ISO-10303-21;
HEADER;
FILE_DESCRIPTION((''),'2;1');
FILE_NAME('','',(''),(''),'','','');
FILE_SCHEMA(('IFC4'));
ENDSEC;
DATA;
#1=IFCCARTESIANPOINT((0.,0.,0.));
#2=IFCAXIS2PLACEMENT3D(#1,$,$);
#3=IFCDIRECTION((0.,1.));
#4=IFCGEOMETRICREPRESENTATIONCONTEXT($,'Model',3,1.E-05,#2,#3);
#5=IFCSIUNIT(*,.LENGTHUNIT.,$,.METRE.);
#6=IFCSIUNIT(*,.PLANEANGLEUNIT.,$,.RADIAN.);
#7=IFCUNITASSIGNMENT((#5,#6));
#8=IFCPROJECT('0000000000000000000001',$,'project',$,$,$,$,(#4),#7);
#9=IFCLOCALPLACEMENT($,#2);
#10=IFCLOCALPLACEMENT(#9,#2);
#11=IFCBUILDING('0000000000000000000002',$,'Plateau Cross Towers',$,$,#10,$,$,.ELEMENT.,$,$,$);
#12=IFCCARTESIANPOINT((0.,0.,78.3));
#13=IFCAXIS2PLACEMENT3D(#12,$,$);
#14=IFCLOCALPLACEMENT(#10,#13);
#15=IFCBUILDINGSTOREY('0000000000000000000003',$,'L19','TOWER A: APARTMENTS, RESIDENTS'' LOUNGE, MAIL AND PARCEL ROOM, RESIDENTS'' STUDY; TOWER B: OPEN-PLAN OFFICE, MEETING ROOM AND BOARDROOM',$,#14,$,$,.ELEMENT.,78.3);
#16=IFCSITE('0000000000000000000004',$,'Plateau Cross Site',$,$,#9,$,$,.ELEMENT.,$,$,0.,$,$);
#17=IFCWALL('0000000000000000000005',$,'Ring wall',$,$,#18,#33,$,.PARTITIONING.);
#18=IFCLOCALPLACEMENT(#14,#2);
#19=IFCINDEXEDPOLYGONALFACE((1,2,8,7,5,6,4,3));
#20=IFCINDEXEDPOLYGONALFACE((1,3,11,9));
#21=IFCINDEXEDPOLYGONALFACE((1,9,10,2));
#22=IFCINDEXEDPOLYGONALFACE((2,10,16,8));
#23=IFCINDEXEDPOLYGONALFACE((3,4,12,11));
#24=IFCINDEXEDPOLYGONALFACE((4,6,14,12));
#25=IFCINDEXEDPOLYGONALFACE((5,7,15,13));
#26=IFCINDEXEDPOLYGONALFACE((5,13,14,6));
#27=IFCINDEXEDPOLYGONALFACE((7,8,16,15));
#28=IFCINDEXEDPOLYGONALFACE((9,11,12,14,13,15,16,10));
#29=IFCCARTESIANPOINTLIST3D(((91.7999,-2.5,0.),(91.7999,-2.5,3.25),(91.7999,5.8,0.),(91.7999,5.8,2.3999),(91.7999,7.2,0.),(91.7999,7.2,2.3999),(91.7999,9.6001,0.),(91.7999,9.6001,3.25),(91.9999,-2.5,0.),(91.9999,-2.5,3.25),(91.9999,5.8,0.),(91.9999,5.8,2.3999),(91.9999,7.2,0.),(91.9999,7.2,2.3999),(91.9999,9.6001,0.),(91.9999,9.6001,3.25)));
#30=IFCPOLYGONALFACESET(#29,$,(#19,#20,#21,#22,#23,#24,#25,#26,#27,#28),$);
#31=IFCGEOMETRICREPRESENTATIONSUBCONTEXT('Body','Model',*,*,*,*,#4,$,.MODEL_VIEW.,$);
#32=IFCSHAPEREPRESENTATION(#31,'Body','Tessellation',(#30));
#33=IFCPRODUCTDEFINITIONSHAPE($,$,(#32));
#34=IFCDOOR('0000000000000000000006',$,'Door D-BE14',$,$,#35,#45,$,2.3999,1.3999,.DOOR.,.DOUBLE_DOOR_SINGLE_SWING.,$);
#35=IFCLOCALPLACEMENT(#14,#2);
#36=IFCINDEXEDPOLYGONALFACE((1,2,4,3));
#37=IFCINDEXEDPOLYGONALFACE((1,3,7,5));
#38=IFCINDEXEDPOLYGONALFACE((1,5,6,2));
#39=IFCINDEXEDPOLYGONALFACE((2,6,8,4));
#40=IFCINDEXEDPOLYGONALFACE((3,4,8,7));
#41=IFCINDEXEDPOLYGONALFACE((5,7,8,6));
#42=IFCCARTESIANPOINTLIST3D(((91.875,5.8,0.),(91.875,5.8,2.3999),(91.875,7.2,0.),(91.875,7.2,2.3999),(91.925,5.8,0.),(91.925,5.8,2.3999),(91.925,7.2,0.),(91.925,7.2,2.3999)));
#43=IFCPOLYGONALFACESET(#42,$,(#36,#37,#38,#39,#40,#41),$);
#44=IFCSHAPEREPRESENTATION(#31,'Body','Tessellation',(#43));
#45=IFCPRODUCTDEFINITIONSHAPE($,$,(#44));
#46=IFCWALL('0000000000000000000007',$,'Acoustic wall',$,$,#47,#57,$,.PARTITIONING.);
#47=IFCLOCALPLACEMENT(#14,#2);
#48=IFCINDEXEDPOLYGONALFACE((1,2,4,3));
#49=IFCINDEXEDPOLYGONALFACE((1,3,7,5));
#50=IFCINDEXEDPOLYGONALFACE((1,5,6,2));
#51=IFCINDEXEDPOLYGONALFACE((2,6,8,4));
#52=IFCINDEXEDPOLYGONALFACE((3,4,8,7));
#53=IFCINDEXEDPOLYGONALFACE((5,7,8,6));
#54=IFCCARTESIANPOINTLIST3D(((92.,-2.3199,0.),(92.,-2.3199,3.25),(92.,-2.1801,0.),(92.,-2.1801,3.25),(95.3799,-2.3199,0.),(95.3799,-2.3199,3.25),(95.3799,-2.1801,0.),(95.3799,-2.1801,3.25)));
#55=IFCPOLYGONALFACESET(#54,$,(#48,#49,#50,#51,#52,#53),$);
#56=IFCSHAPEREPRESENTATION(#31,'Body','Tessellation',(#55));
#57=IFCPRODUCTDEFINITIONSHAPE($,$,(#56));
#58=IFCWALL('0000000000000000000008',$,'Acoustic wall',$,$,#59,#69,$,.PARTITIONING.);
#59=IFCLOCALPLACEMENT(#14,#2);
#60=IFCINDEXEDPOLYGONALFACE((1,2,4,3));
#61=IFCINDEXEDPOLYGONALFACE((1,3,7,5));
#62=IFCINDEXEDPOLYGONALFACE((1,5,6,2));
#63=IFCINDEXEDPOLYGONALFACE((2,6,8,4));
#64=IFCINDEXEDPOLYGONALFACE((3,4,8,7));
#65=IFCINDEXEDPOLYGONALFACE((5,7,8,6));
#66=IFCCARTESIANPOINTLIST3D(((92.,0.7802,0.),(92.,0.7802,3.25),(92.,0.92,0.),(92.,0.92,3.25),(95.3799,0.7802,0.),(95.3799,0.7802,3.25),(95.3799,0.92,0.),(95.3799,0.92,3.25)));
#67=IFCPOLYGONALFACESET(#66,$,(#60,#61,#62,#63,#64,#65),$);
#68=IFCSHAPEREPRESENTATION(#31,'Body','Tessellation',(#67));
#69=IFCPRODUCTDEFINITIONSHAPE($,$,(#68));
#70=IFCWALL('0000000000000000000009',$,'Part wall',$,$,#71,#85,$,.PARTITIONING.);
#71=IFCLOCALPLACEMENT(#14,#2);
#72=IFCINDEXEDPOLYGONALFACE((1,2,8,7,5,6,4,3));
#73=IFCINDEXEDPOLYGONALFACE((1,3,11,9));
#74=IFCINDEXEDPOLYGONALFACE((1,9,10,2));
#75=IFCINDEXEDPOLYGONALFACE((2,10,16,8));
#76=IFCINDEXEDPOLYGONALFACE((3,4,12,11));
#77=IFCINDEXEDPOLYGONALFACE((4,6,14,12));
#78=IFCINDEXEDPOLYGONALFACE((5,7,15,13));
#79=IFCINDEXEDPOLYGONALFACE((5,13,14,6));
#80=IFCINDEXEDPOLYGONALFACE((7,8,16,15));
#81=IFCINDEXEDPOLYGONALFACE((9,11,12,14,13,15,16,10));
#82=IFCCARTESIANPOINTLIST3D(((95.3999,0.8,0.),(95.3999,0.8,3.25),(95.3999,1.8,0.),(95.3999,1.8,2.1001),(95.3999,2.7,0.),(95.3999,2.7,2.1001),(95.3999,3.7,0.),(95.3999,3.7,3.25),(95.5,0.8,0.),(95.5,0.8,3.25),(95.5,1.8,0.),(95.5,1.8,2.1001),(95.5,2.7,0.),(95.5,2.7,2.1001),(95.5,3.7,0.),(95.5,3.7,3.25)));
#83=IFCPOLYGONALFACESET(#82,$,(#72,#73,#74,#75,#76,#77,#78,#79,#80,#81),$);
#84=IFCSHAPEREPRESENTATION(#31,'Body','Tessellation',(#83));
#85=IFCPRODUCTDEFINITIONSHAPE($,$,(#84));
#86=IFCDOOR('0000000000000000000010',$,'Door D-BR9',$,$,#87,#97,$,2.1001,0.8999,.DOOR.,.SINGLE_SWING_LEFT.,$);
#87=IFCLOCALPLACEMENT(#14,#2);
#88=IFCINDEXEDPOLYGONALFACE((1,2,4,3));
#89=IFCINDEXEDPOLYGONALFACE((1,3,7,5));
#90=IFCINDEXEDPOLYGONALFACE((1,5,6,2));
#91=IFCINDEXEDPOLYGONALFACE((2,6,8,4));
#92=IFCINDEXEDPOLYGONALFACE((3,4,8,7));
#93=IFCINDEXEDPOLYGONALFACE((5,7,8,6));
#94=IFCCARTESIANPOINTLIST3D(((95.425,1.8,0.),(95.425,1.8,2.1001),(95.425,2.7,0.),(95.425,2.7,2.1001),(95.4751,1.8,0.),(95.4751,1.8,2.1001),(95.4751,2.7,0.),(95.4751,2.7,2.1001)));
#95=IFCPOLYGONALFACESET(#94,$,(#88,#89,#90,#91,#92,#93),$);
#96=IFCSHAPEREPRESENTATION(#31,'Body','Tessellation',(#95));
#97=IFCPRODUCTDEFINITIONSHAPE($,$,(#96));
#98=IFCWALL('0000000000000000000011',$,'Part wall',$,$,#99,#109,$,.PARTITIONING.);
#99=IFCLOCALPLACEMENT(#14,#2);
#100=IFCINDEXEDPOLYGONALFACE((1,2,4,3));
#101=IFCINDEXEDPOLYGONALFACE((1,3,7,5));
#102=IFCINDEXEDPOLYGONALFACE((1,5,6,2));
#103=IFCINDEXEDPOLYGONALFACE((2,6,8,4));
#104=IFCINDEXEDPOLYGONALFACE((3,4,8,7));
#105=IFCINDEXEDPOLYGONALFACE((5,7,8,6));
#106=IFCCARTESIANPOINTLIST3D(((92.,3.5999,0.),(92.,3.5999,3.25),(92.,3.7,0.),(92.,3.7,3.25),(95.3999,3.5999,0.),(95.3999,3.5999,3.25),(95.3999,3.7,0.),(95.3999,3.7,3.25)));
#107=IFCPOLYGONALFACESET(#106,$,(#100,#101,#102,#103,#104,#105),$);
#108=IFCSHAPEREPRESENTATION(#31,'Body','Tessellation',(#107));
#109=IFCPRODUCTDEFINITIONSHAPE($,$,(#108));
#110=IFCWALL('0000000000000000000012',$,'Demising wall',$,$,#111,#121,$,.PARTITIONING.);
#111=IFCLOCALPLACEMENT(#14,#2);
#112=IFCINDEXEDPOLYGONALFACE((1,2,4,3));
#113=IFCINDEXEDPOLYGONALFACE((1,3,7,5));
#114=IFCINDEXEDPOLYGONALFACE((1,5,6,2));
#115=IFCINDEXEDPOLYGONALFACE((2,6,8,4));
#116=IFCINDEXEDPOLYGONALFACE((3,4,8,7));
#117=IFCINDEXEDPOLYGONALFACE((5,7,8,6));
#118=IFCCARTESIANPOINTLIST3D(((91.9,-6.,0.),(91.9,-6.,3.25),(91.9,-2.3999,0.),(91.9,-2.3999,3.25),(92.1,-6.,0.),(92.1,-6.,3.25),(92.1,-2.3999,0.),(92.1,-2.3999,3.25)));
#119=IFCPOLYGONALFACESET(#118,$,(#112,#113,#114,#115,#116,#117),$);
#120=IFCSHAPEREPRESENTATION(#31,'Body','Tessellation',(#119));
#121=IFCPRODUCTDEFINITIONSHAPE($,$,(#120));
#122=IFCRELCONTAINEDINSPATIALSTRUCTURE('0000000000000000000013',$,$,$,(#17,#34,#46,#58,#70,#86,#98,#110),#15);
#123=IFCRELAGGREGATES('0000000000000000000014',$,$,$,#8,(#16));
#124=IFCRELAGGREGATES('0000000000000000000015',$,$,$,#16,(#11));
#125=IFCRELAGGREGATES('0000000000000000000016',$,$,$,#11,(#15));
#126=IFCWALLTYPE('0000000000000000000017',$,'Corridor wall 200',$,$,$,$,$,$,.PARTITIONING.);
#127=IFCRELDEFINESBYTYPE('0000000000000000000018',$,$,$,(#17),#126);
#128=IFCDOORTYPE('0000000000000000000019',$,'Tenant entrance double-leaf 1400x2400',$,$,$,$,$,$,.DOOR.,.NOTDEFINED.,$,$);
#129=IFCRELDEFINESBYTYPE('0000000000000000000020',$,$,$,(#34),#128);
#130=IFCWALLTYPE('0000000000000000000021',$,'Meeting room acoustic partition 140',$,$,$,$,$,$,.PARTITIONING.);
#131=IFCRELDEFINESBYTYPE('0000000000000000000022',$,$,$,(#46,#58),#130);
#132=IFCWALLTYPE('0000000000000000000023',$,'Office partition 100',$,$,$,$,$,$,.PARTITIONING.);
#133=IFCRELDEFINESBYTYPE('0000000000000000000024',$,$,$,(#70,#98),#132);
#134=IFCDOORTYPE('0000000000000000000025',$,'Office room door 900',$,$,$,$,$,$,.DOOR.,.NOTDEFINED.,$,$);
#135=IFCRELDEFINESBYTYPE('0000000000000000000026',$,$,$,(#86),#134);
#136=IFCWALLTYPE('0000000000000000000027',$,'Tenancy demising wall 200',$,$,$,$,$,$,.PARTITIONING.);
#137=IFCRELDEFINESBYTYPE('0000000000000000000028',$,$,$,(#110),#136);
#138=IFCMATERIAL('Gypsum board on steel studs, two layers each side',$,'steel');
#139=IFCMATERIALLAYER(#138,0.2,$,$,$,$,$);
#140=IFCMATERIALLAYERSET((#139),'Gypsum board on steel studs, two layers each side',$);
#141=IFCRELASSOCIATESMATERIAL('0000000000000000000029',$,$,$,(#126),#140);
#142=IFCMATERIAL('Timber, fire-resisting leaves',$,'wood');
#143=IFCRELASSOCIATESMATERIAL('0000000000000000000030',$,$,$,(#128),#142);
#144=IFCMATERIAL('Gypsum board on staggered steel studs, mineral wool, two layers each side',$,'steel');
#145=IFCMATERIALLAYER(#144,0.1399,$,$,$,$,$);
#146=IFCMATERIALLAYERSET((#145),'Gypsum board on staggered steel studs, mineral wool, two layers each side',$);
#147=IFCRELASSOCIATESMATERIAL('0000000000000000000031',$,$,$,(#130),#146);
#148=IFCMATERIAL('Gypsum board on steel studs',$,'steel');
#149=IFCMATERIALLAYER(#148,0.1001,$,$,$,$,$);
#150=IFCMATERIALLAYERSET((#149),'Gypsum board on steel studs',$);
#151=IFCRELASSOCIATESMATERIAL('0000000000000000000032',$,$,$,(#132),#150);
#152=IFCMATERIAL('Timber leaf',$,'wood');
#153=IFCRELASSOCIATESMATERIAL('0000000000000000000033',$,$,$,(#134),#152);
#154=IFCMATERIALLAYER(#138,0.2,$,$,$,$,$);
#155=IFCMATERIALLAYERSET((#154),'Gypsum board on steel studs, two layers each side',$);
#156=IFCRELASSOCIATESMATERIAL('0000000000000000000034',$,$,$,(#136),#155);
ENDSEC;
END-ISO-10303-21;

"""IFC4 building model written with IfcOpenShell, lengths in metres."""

from ifc_helpers import new_model, si_unit, direction, frame, frame_2d, origin, place, context, subcontext, project, spatial, rectangle, extrude, material, layer, layer_set, type_object, element, fill, save


model = new_model("IFC4")

# Units and contexts
model_context = context("Model", 3, precision=1e-05, world=origin(), true_north=direction((0.0, 1.0)))
body_context = subcontext(model_context, "Body", "Model", "MODEL_VIEW")
ifc_project = project(units=[si_unit("LENGTHUNIT", "METRE"), si_unit("PLANEANGLEUNIT", "RADIAN")], contexts=[model_context])

# Site, building, storey
site_placement = place(None, origin())
site = spatial("IfcSite", under=ifc_project, at=site_placement, Name="Plateau Cross Site", CompositionType="ELEMENT", RefElevation=0.0)
building_placement = place(site_placement, origin())
building = spatial("IfcBuilding", under=site, at=building_placement, Name="Plateau Cross Towers", CompositionType="ELEMENT")
storey_placement = place(building_placement, frame((0.0, 0.0, 78.3)))
storey = spatial("IfcBuildingStorey", under=building, at=storey_placement, Name="L19", Description="TOWER A: APARTMENTS, RESIDENTS' LOUNGE, MAIL AND PARCEL ROOM, RESIDENTS' STUDY; TOWER B: OPEN-PLAN OFFICE, MEETING ROOM AND BOARDROOM", CompositionType="ELEMENT", Elevation=78.3)

# Wall, opening, door
ifc_material_1 = material(Name="Gypsum board on steel studs, two layers each side", Category="steel")
ifc_layer_1 = layer(ifc_material_1, 0.2)
ifc_layer_set_1 = layer_set([ifc_layer_1], Name="Gypsum board on steel studs, two layers each side")
wall_type_1 = type_object("IfcWallType", Name="Corridor wall 200", PredefinedType="PARTITIONING", material=ifc_layer_set_1)
wall_1_placement = place(storey_placement, frame((91.8999, -2.5, 0.0), z_axis=(0.0, 0.0, 1.0), x_axis=(0.0, 1.0, 0.0)))
wall_1 = element("IfcWall", 1, at=wall_1_placement, inside=storey, type_object=wall_type_1, Name="Ring wall", PredefinedType="PARTITIONING", context=body_context, shape_type="SweptSolid", body=[
    extrude(rectangle(XDim=12.1001, YDim=0.2, at=frame_2d((6.05, 0.0))), origin(), (0.0, 0.0, 1.0), 3.25),
])
opening_1_placement = place(wall_1_placement, frame((8.3, 0.0, 0.0)))
opening_1 = element("IfcOpeningElement", 2, at=opening_1_placement, cuts=wall_1, PredefinedType="OPENING", context=body_context, shape_type="SweptSolid", body=[
    extrude(rectangle(XDim=1.3999, YDim=2.3999, at=frame_2d((0.7, 1.2))), frame((0.0, 0.1099, 0.0), z_axis=(0.0, -1.0, 0.0), x_axis=(1.0, 0.0, 0.0)), (0.0, 0.0, 1.0), 0.22),
])
ifc_material_2 = material(Name="Timber, fire-resisting leaves", Category="wood")
door_type_1 = type_object("IfcDoorType", Name="Tenant entrance double-leaf 1400x2400", OperationType="NOTDEFINED", PredefinedType="DOOR", material=ifc_material_2)
door_1_placement = place(opening_1_placement, origin())
door_1 = element("IfcDoor", 3, at=door_1_placement, inside=storey, type_object=door_type_1, Name="Door D-BE14", OperationType="DOUBLE_DOOR_SINGLE_SWING", OverallHeight=2.3999, OverallWidth=1.3999, PredefinedType="DOOR", context=body_context, shape_type="SweptSolid", body=[
    extrude(rectangle(XDim=1.3999, YDim=2.3999, at=frame_2d((0.7, 1.2))), frame((0.0, 0.0249, 0.0), z_axis=(0.0, -1.0, 0.0), x_axis=(1.0, 0.0, 0.0)), (0.0, 0.0, 1.0), 0.05),
])
fill(opening_1, door_1)
ifc_material_3 = material(Name="Gypsum board on staggered steel studs, mineral wool, two layers each side", Category="steel")
ifc_layer_2 = layer(ifc_material_3, 0.1399)
ifc_layer_set_2 = layer_set([ifc_layer_2], Name="Gypsum board on staggered steel studs, mineral wool, two layers each side")
wall_type_2 = type_object("IfcWallType", Name="Meeting room acoustic partition 140", PredefinedType="PARTITIONING", material=ifc_layer_set_2)

# Wall
wall_2_placement = place(storey_placement, frame((92.0, -2.25, 0.0), z_axis=(0.0, 0.0, 1.0), x_axis=(1.0, 0.0, 0.0)))
element("IfcWall", 4, at=wall_2_placement, inside=storey, type_object=wall_type_2, Name="Acoustic wall", PredefinedType="PARTITIONING", context=body_context, shape_type="SweptSolid", body=[
    extrude(rectangle(XDim=3.3799, YDim=0.1399, at=frame_2d((1.6899, 0.0))), origin(), (0.0, 0.0, 1.0), 3.25),
])

# Wall
wall_3_placement = place(storey_placement, frame((92.0, 0.8501, 0.0), z_axis=(0.0, 0.0, 1.0), x_axis=(1.0, 0.0, 0.0)))
element("IfcWall", 5, at=wall_3_placement, inside=storey, type_object=wall_type_2, Name="Acoustic wall", PredefinedType="PARTITIONING", context=body_context, shape_type="SweptSolid", body=[
    extrude(rectangle(XDim=3.3799, YDim=0.1399, at=frame_2d((1.6899, 0.0))), origin(), (0.0, 0.0, 1.0), 3.25),
])

# Wall, opening, door
ifc_material_4 = material(Name="Gypsum board on steel studs", Category="steel")
ifc_layer_3 = layer(ifc_material_4, 0.1001)
ifc_layer_set_3 = layer_set([ifc_layer_3], Name="Gypsum board on steel studs")
wall_type_3 = type_object("IfcWallType", Name="Office partition 100", PredefinedType="PARTITIONING", material=ifc_layer_set_3)
wall_4_placement = place(storey_placement, frame((95.45, 0.8, 0.0), z_axis=(0.0, 0.0, 1.0), x_axis=(0.0, 1.0, 0.0)))
wall_4 = element("IfcWall", 6, at=wall_4_placement, inside=storey, type_object=wall_type_3, Name="Part wall", PredefinedType="PARTITIONING", context=body_context, shape_type="SweptSolid", body=[
    extrude(rectangle(XDim=2.8999, YDim=0.1001, at=frame_2d((1.45, 0.0))), origin(), (0.0, 0.0, 1.0), 3.25),
])
opening_2_placement = place(wall_4_placement, frame((1.0, 0.0, 0.0)))
opening_2 = element("IfcOpeningElement", 7, at=opening_2_placement, cuts=wall_4, PredefinedType="OPENING", context=body_context, shape_type="SweptSolid", body=[
    extrude(rectangle(XDim=0.8999, YDim=2.1001, at=frame_2d((0.45, 1.05))), frame((0.0, 0.0601, 0.0), z_axis=(0.0, -1.0, 0.0), x_axis=(1.0, 0.0, 0.0)), (0.0, 0.0, 1.0), 0.1201),
])
ifc_material_5 = material(Name="Timber leaf", Category="wood")
door_type_2 = type_object("IfcDoorType", Name="Office room door 900", OperationType="NOTDEFINED", PredefinedType="DOOR", material=ifc_material_5)
door_2_placement = place(opening_2_placement, origin())
door_2 = element("IfcDoor", 8, at=door_2_placement, inside=storey, type_object=door_type_2, Name="Door D-BR9", OperationType="SINGLE_SWING_LEFT", OverallHeight=2.1001, OverallWidth=0.8999, PredefinedType="DOOR", context=body_context, shape_type="SweptSolid", body=[
    extrude(rectangle(XDim=0.8999, YDim=2.1001, at=frame_2d((0.45, 1.05))), frame((0.0, 0.0249, 0.0), z_axis=(0.0, -1.0, 0.0), x_axis=(1.0, 0.0, 0.0)), (0.0, 0.0, 1.0), 0.05),
])
fill(opening_2, door_2)

# Walls
wall_5_placement = place(storey_placement, frame((92.0, 3.6499, 0.0), z_axis=(0.0, 0.0, 1.0), x_axis=(1.0, 0.0, 0.0)))
element("IfcWall", 9, at=wall_5_placement, inside=storey, type_object=wall_type_3, Name="Part wall", PredefinedType="PARTITIONING", context=body_context, shape_type="SweptSolid", body=[
    extrude(rectangle(XDim=3.3999, YDim=0.1001, at=frame_2d((1.7, 0.0))), origin(), (0.0, 0.0, 1.0), 3.25),
])
ifc_layer_4 = layer(ifc_material_1, 0.2)
ifc_layer_set_4 = layer_set([ifc_layer_4], Name="Gypsum board on steel studs, two layers each side")
wall_type_4 = type_object("IfcWallType", Name="Tenancy demising wall 200", PredefinedType="PARTITIONING", material=ifc_layer_set_4)
wall_6_placement = place(storey_placement, frame((92.0, -6.0, 0.0), z_axis=(0.0, 0.0, 1.0), x_axis=(0.0, 1.0, 0.0)))
element("IfcWall", 10, at=wall_6_placement, inside=storey, type_object=wall_type_4, Name="Demising wall", PredefinedType="PARTITIONING", context=body_context, shape_type="SweptSolid", body=[
    extrude(rectangle(XDim=3.6001, YDim=0.2, at=frame_2d((1.8, 0.0))), origin(), (0.0, 0.0, 1.0), 3.25),
])

save(model, "model.ifc")
